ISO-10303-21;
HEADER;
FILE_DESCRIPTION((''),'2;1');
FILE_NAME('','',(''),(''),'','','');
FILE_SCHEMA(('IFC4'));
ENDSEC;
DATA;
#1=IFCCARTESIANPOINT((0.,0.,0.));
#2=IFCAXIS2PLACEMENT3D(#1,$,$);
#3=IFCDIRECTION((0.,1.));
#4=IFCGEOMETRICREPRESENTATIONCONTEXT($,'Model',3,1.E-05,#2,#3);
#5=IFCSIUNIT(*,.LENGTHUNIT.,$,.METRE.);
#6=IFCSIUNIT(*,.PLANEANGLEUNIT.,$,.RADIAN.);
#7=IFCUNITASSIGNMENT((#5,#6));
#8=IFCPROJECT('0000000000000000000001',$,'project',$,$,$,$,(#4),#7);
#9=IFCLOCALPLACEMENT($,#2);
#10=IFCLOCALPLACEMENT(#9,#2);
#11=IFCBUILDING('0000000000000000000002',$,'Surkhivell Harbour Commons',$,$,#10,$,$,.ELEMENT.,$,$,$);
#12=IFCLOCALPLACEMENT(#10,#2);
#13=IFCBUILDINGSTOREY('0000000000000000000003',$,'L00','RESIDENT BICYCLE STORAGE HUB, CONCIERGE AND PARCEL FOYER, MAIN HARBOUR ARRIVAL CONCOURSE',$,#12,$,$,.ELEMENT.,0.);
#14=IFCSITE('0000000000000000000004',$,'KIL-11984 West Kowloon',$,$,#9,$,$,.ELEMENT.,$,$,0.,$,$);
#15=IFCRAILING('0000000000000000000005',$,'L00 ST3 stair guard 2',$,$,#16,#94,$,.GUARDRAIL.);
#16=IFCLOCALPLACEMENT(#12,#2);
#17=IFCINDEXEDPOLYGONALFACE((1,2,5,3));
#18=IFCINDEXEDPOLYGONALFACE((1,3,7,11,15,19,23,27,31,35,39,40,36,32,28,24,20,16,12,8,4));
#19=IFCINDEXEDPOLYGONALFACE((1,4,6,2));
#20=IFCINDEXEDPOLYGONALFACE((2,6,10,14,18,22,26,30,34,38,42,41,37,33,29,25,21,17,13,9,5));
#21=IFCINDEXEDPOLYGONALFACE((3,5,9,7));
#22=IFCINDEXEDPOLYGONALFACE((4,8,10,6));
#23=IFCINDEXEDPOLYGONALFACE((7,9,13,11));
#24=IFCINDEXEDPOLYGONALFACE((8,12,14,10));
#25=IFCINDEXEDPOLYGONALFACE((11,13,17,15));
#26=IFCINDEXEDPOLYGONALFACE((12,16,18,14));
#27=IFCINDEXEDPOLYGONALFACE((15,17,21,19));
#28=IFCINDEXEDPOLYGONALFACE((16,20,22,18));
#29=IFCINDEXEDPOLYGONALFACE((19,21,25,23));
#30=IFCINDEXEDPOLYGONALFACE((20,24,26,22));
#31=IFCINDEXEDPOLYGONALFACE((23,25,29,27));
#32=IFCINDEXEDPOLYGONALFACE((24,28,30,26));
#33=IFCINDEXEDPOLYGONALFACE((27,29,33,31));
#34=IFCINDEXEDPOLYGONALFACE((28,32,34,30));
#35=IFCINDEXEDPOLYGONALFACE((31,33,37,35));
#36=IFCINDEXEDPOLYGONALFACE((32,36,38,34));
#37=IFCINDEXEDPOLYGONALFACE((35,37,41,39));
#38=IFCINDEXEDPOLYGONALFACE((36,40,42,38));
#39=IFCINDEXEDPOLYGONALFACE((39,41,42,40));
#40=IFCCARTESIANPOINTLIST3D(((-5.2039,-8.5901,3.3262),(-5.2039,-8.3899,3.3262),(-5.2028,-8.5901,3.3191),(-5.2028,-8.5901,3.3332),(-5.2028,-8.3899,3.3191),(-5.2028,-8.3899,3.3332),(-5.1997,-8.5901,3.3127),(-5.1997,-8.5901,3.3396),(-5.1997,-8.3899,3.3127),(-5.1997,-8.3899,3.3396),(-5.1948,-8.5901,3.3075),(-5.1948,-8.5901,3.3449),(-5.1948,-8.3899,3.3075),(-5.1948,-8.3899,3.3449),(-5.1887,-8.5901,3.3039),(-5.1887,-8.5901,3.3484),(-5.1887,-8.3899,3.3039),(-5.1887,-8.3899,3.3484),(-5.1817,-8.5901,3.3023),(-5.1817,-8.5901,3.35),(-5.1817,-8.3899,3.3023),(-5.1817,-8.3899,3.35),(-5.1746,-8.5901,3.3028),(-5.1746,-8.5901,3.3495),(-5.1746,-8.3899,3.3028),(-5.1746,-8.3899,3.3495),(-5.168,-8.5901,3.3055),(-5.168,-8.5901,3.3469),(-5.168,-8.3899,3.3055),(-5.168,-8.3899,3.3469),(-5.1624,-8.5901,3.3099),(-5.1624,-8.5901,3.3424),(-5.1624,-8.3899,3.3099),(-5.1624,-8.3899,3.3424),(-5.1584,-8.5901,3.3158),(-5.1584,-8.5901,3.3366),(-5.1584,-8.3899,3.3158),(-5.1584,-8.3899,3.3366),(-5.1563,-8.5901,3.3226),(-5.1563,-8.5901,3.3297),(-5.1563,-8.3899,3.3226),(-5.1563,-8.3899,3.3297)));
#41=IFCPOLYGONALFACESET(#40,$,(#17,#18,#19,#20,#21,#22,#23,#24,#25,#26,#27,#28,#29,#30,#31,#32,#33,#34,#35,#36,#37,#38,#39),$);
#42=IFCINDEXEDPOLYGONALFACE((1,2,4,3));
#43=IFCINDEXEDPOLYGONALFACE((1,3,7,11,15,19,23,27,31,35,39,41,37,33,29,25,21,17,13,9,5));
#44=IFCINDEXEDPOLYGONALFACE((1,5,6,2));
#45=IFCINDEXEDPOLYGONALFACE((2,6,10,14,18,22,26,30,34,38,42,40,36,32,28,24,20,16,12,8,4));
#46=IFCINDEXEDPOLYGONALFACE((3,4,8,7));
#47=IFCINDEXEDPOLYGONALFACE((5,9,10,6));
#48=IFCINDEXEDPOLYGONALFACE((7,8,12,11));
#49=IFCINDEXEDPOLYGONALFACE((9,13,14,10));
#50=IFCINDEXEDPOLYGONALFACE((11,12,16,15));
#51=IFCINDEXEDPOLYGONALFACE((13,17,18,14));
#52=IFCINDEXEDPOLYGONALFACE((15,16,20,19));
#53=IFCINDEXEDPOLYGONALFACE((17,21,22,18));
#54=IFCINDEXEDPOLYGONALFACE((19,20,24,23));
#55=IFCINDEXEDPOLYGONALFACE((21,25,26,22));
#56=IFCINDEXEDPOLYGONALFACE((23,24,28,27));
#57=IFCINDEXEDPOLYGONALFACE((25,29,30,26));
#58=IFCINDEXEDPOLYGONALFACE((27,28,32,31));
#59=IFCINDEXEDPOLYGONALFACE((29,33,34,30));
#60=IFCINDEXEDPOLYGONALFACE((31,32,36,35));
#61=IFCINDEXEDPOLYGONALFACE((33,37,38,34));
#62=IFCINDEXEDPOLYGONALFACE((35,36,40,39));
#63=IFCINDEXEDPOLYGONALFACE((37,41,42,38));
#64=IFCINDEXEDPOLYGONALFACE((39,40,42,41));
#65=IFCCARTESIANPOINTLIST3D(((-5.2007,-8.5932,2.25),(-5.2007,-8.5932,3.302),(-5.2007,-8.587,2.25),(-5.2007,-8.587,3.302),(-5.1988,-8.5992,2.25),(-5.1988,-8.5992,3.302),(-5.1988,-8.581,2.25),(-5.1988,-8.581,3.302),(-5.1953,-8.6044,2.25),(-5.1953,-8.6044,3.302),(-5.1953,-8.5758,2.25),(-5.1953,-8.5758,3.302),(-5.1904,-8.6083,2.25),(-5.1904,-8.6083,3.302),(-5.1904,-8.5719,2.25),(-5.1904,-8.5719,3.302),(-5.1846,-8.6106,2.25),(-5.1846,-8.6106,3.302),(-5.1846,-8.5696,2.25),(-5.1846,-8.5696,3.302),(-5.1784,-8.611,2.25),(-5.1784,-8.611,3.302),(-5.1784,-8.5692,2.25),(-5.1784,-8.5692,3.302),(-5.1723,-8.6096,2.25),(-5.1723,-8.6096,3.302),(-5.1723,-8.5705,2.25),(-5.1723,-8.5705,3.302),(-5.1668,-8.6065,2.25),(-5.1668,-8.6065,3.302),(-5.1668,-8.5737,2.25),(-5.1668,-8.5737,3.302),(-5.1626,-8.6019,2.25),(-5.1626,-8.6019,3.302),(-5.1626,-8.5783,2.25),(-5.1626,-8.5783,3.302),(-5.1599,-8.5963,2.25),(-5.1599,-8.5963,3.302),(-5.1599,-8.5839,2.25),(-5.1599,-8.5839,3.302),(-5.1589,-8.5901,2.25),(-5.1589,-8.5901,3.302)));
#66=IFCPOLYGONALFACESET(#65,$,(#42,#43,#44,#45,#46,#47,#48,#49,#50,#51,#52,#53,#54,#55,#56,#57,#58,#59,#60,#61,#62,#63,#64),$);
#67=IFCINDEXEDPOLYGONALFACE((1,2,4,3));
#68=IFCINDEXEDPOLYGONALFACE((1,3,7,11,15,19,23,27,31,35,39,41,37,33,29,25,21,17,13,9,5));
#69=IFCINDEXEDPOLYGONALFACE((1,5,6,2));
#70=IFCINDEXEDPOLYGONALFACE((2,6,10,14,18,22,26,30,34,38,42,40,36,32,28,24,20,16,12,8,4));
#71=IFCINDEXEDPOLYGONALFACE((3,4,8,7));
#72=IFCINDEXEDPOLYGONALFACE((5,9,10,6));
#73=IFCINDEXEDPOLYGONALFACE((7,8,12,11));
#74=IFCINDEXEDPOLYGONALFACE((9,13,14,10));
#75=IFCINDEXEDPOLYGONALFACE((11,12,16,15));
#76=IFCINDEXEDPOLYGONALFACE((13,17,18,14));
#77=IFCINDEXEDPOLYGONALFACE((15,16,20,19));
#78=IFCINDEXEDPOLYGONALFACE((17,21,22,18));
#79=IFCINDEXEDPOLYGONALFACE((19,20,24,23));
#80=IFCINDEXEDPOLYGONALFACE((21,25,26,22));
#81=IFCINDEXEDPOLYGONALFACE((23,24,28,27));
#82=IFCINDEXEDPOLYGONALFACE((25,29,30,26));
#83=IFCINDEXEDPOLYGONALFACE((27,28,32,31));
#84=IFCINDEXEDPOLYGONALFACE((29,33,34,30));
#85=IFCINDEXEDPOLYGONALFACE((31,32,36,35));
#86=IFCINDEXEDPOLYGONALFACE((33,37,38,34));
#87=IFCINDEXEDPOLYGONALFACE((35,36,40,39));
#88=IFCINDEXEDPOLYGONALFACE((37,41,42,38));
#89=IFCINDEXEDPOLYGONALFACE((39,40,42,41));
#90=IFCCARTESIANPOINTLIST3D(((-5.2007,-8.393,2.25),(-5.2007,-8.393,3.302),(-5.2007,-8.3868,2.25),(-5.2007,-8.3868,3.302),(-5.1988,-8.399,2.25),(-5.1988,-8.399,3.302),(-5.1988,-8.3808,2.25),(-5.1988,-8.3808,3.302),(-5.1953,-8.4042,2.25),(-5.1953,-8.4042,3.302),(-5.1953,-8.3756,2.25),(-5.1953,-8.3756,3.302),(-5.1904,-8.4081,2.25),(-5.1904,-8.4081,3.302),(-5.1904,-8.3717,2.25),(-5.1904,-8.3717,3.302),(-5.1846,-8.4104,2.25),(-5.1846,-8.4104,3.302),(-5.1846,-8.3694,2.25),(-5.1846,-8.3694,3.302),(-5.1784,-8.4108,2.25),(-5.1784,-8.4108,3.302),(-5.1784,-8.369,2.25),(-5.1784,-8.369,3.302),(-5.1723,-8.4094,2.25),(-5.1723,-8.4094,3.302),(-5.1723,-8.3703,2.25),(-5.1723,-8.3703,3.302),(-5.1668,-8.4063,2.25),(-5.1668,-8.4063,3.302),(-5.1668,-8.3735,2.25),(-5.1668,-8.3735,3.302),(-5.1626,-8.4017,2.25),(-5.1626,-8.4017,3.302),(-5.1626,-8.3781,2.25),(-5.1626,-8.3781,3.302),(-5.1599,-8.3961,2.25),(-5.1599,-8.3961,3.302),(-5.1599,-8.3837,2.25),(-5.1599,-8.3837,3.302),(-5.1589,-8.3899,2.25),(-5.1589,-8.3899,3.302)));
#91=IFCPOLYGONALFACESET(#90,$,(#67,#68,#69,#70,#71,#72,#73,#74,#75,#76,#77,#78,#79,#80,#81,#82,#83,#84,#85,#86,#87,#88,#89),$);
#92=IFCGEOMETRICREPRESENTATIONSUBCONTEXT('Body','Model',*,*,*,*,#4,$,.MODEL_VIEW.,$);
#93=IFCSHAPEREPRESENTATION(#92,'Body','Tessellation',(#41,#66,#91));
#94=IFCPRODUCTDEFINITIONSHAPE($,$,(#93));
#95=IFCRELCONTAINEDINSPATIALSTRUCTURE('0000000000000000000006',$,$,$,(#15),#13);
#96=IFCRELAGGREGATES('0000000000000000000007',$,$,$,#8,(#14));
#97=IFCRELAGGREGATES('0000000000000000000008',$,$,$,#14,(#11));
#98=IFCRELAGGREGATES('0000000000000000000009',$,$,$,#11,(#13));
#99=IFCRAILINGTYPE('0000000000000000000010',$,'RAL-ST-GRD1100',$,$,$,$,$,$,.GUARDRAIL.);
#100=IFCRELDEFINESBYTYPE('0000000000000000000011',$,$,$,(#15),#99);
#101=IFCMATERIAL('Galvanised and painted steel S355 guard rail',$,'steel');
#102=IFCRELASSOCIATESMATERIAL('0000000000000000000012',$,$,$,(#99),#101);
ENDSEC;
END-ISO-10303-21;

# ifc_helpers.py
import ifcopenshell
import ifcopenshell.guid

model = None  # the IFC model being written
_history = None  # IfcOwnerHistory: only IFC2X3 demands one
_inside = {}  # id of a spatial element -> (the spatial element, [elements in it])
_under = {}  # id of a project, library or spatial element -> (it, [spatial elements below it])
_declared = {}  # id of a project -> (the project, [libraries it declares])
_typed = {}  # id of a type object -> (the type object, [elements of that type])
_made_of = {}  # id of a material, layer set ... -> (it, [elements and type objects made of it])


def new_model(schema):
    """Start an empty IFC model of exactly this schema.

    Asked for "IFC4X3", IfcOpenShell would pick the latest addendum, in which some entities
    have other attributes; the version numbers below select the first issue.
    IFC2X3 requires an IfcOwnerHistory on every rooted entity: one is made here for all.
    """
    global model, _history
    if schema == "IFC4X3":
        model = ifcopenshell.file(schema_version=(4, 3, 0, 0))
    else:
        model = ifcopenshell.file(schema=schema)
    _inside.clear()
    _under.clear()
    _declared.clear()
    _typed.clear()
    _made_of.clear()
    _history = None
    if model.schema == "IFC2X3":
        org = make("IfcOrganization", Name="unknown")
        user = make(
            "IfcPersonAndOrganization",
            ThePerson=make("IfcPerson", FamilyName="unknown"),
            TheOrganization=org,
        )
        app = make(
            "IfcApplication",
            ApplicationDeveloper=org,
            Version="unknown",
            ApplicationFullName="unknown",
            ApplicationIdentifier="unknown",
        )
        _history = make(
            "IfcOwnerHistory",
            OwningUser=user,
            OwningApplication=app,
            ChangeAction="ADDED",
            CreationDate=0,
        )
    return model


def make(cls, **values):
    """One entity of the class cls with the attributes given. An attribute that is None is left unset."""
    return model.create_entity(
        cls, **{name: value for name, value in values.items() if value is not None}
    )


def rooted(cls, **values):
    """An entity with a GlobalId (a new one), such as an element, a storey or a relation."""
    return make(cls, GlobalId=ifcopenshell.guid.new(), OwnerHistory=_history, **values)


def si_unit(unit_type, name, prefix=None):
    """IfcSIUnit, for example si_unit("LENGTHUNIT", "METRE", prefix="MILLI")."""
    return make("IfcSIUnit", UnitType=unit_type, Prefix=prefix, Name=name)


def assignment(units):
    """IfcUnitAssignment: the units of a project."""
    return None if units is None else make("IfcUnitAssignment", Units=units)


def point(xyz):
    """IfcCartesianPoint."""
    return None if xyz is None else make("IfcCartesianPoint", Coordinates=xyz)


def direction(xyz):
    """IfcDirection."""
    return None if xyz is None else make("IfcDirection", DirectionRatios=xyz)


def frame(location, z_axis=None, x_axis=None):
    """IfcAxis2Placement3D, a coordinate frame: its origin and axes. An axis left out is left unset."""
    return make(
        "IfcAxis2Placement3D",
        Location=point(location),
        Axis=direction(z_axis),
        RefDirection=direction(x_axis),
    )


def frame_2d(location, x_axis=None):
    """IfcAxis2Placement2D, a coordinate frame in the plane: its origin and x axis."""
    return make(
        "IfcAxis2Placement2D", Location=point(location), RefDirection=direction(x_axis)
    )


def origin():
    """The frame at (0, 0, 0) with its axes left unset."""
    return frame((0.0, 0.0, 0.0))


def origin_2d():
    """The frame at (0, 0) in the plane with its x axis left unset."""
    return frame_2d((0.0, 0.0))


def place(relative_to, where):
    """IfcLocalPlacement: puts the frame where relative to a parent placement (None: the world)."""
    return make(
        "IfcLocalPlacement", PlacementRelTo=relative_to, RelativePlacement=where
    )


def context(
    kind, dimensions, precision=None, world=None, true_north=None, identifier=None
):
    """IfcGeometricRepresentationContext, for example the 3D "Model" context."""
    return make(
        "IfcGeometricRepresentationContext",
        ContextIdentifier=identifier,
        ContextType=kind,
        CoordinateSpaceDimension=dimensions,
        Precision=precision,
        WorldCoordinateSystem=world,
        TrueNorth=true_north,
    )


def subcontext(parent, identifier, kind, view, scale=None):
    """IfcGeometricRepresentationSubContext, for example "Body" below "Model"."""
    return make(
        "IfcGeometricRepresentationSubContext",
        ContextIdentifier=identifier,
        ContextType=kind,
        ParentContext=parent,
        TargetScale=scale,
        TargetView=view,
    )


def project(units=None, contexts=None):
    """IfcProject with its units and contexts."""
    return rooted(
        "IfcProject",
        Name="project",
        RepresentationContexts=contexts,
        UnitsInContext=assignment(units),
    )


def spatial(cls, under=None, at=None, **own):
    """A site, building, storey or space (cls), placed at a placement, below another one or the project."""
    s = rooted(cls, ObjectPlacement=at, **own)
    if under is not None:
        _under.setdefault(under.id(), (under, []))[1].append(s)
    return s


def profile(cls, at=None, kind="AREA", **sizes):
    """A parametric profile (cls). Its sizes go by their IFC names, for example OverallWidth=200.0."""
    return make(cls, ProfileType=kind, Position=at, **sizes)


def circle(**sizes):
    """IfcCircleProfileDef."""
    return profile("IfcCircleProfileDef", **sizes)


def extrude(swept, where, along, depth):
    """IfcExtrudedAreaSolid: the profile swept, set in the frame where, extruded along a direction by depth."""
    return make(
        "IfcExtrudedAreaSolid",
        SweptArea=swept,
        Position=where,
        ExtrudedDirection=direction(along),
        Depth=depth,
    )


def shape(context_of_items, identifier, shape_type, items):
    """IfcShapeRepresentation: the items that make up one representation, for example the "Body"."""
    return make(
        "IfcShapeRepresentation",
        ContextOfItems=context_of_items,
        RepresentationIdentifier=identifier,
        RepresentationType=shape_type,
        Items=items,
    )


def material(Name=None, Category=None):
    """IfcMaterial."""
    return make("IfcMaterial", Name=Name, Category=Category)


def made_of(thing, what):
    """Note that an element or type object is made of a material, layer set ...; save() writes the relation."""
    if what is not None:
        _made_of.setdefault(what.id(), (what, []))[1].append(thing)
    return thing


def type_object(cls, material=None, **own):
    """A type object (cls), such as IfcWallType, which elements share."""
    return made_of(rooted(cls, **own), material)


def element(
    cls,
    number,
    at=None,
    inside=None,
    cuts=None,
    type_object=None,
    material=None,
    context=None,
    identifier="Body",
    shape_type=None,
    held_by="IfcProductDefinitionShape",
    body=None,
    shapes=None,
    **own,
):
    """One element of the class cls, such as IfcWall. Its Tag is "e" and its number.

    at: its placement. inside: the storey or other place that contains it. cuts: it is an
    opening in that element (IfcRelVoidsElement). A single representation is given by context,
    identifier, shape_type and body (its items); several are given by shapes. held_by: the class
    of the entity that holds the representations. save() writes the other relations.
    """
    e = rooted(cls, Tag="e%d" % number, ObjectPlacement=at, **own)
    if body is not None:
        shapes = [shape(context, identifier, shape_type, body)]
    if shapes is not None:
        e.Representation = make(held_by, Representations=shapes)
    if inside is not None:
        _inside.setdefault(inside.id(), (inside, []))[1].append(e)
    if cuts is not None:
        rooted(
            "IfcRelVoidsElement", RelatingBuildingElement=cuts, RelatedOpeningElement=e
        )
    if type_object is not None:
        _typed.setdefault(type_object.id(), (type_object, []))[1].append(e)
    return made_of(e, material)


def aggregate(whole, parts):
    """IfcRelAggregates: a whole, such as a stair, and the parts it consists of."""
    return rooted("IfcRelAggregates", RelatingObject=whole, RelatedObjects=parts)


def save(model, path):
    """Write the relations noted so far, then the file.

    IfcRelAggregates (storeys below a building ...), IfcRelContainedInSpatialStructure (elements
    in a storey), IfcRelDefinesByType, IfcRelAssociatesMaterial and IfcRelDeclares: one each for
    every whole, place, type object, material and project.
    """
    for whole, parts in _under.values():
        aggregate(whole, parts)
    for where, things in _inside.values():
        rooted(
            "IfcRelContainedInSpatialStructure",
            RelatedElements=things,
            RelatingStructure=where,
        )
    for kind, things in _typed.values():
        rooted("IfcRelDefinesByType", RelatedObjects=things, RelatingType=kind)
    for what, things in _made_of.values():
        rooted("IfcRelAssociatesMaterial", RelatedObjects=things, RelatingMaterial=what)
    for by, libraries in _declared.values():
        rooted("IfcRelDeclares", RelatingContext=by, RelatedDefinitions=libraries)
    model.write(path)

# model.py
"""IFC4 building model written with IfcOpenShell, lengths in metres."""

from ifc_helpers import new_model, si_unit, direction, frame, origin, origin_2d, place, context, subcontext, project, spatial, circle, extrude, material, type_object, element, save


model = new_model("IFC4")

# Units and contexts
model_context = context("Model", 3, precision=1e-05, world=origin(), true_north=direction((0.0, 1.0)))
body_context = subcontext(model_context, "Body", "Model", "MODEL_VIEW")
ifc_project = project(units=[si_unit("LENGTHUNIT", "METRE"), si_unit("PLANEANGLEUNIT", "RADIAN")], contexts=[model_context])

# Site, building, storey
site_placement = place(None, origin())
site = spatial("IfcSite", under=ifc_project, at=site_placement, Name="KIL-11984 West Kowloon", CompositionType="ELEMENT", RefElevation=0.0)
building_placement = place(site_placement, origin())
building = spatial("IfcBuilding", under=site, at=building_placement, Name="Surkhivell Harbour Commons", CompositionType="ELEMENT")
storey_placement = place(building_placement, origin())
storey = spatial("IfcBuildingStorey", under=building, at=storey_placement, Name="L00", Description="RESIDENT BICYCLE STORAGE HUB, CONCIERGE AND PARCEL FOYER, MAIN HARBOUR ARRIVAL CONCOURSE", CompositionType="ELEMENT", Elevation=0.0)

# Railing
ifc_material_1 = material(Name="Galvanised and painted steel S355 guard rail", Category="steel")
railing_type_1 = type_object("IfcRailingType", Name="RAL-ST-GRD1100", PredefinedType="GUARDRAIL", material=ifc_material_1)
railing_1_placement = place(storey_placement, frame((-5.1799, -8.5901, 2.25)))
element("IfcRailing", 1, at=railing_1_placement, inside=storey, type_object=railing_type_1, Name="L00 ST3 stair guard 2", PredefinedType="GUARDRAIL", context=body_context, shape_type="SweptSolid", body=[
    extrude(circle(Radius=0.0239, at=origin_2d()), frame((0.0, 0.0, 1.0762), z_axis=(0.0, 1.0, 0.0), x_axis=(-1.0, 0.0, 0.0)), (0.0, 0.0, 1.0), 0.2002),
    extrude(circle(Radius=0.021, at=origin_2d()), origin(), (0.0, 0.0, 1.0), 1.052),
    extrude(circle(Radius=0.021, at=origin_2d()), frame((0.0, 0.2002, 0.0)), (0.0, 0.0, 1.0), 1.052),
])

save(model, "model.ifc")
